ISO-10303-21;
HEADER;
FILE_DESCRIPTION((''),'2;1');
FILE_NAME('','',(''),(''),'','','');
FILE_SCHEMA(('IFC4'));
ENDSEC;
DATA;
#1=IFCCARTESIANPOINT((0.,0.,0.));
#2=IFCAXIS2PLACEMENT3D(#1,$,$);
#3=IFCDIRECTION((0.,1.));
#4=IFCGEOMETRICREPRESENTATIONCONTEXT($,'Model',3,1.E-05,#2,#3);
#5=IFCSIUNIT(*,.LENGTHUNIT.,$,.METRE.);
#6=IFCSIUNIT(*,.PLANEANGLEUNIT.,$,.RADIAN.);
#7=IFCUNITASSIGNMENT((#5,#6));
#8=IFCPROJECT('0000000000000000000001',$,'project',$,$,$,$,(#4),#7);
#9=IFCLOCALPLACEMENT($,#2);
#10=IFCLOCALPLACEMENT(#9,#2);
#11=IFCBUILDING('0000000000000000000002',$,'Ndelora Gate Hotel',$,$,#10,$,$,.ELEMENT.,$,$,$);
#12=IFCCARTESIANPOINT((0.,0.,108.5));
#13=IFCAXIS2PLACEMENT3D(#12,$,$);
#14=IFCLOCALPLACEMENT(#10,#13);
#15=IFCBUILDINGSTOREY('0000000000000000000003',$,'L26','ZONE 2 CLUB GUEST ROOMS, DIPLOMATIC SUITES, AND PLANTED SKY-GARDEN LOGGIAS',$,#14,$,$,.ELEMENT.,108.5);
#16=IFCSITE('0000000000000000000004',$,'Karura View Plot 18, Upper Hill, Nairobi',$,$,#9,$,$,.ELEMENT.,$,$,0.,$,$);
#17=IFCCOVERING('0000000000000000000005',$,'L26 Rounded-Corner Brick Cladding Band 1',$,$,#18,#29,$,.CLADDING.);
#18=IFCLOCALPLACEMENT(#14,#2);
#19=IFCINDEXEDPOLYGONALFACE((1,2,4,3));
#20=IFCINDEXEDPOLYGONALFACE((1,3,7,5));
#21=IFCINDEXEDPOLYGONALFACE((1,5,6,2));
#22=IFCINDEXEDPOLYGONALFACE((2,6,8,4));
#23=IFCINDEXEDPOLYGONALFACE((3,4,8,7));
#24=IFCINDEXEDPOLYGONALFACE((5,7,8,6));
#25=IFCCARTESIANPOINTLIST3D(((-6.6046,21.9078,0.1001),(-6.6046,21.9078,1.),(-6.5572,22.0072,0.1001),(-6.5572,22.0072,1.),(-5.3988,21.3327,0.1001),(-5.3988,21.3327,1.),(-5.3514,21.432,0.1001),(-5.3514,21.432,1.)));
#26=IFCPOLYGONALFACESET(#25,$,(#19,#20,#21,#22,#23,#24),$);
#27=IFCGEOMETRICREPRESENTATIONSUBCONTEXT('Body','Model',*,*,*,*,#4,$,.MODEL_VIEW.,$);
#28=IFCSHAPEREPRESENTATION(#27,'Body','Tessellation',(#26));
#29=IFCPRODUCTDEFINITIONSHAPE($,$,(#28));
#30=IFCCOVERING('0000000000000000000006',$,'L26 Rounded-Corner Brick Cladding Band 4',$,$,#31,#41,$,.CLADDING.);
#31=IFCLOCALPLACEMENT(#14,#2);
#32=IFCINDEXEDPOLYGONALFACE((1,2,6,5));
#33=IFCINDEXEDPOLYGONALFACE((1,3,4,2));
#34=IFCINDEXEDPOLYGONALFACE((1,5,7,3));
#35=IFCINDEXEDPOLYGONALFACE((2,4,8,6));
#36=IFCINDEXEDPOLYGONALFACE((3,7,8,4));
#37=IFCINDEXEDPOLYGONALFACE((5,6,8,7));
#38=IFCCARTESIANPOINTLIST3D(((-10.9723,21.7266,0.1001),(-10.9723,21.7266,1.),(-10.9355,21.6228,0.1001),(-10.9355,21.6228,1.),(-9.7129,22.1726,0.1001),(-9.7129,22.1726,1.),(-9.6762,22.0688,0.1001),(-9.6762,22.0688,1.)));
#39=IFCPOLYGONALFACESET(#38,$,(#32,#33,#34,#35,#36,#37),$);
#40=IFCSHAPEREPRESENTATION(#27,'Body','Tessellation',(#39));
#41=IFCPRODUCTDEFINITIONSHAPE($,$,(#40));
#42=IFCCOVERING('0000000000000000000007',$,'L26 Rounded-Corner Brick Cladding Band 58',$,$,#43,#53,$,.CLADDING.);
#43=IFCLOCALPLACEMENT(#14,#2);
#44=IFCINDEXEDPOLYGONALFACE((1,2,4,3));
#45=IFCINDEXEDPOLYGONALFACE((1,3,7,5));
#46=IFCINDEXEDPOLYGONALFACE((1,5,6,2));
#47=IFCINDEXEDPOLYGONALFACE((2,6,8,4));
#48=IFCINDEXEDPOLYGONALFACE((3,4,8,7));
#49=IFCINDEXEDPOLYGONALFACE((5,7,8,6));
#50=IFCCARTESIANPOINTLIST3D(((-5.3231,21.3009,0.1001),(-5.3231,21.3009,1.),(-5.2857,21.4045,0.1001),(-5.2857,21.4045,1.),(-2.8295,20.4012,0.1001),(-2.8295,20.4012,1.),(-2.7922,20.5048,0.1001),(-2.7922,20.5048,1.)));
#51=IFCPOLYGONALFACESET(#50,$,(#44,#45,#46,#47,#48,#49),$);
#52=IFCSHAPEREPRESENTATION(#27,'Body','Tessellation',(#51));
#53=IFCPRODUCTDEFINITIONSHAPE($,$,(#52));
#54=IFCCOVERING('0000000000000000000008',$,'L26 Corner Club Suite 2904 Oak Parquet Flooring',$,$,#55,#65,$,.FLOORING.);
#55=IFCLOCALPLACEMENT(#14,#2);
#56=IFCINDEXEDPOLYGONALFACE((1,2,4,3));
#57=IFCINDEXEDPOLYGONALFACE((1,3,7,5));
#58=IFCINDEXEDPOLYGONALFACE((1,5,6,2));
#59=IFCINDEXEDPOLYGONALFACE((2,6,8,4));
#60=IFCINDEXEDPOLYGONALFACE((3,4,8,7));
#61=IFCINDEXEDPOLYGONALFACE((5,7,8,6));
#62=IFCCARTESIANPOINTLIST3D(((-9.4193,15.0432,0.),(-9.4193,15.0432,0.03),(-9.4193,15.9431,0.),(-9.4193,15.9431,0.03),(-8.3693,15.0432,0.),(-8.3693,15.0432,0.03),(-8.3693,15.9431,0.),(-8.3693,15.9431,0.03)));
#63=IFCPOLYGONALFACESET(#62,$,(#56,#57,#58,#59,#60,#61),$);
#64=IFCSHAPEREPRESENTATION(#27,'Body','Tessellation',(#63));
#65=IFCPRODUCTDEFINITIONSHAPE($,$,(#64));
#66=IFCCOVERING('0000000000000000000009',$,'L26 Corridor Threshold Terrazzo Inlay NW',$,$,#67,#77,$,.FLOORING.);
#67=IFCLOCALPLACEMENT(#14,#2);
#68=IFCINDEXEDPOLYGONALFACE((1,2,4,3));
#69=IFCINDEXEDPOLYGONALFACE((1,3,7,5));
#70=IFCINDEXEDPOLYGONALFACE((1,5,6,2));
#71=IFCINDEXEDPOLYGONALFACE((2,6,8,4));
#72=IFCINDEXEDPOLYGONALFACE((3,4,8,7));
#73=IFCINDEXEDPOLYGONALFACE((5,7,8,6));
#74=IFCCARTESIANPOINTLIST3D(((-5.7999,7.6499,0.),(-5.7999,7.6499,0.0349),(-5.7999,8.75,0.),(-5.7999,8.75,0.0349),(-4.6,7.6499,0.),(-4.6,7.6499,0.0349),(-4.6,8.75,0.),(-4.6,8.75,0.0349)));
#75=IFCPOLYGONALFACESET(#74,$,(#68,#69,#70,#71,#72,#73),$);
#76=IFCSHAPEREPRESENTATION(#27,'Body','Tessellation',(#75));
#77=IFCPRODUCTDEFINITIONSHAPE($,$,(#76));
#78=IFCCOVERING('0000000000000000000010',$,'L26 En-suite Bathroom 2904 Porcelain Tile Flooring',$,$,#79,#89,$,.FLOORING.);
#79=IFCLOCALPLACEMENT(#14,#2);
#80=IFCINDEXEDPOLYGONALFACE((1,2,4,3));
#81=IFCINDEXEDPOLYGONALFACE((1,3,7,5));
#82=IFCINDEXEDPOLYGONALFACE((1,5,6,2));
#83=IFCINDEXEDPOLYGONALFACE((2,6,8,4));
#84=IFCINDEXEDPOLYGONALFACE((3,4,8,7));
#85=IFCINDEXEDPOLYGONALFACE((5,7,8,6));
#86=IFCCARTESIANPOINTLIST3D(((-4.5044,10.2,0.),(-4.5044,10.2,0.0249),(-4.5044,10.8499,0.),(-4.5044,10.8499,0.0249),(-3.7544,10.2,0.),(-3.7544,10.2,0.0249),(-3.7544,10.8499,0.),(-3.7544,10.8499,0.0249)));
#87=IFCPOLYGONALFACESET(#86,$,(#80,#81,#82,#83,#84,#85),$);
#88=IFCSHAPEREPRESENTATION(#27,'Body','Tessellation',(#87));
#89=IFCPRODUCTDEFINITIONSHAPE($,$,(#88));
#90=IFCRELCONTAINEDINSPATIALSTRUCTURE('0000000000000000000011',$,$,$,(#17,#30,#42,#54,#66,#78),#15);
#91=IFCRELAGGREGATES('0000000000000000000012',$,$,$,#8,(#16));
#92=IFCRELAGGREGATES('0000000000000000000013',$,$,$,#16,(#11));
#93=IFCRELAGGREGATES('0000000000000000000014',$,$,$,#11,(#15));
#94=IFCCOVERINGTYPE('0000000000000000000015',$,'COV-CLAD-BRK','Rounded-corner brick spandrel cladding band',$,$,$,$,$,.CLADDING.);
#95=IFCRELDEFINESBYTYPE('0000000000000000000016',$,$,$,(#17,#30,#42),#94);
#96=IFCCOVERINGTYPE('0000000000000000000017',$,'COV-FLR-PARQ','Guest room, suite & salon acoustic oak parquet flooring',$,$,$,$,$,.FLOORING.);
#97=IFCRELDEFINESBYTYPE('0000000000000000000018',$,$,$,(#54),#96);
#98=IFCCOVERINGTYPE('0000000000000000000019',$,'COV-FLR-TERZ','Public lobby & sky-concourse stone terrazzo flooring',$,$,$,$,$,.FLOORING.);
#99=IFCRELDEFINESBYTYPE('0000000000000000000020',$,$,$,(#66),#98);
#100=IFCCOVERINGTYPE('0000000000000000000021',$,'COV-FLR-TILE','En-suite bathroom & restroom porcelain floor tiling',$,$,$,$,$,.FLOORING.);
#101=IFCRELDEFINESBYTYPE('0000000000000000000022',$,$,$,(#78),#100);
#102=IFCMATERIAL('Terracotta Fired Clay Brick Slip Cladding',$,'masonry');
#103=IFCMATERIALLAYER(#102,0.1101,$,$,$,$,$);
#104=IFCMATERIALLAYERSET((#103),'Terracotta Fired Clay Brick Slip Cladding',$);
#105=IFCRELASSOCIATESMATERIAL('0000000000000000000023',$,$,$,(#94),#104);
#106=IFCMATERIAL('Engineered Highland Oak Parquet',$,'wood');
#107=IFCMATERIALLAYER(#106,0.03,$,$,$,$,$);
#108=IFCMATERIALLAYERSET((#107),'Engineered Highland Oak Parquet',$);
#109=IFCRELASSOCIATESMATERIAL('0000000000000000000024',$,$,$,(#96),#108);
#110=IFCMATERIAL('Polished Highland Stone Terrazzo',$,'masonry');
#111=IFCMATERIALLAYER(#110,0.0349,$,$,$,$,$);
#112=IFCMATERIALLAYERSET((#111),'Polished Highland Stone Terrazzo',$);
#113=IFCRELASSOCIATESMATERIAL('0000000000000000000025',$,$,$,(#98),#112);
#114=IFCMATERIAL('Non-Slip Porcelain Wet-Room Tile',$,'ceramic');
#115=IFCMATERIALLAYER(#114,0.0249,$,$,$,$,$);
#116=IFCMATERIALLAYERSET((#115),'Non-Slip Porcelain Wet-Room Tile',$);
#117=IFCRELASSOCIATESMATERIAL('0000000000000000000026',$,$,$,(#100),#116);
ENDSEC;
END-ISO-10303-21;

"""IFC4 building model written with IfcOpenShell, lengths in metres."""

from ifc_helpers import new_model, si_unit, direction, frame, origin, origin_2d, place, context, subcontext, project, spatial, rectangle, extrude, material, layer, layer_set, type_object, element, save


model = new_model("IFC4")

# Units and contexts
model_context = context("Model", 3, precision=1e-05, world=origin(), true_north=direction((0.0, 1.0)))
body_context = subcontext(model_context, "Body", "Model", "MODEL_VIEW")
ifc_project = project(units=[si_unit("LENGTHUNIT", "METRE"), si_unit("PLANEANGLEUNIT", "RADIAN")], contexts=[model_context])

# Site, building, storey
site_placement = place(None, origin())
site = spatial("IfcSite", under=ifc_project, at=site_placement, Name="Karura View Plot 18, Upper Hill, Nairobi", CompositionType="ELEMENT", RefElevation=0.0)
building_placement = place(site_placement, origin())
building = spatial("IfcBuilding", under=site, at=building_placement, Name="Ndelora Gate Hotel", CompositionType="ELEMENT")
storey_placement = place(building_placement, frame((0.0, 0.0, 108.5)))
storey = spatial("IfcBuildingStorey", under=building, at=storey_placement, Name="L26", Description="ZONE 2 CLUB GUEST ROOMS, DIPLOMATIC SUITES, AND PLANTED SKY-GARDEN LOGGIAS", CompositionType="ELEMENT", Elevation=108.5)

# Coverings
ifc_material_1 = material(Name="Terracotta Fired Clay Brick Slip Cladding", Category="masonry")
ifc_layer_1 = layer(ifc_material_1, 0.1101)
ifc_layer_set_1 = layer_set([ifc_layer_1], Name="Terracotta Fired Clay Brick Slip Cladding")
covering_type_1 = type_object("IfcCoveringType", Name="COV-CLAD-BRK", Description="Rounded-corner brick spandrel cladding band", PredefinedType="CLADDING", material=ifc_layer_set_1)
for number, where, z_axis, x_axis, name in (
    (1, (-5.978, 21.6699, 0.1001), (0.0, 0.0, 1.0), (-0.902585, 0.430511, 0.0), "L26 Rounded-Corner Brick Cladding Band 1"),
    (2, (-10.3242, 21.8977, 0.1001), (0.0, 0.0, 1.0), (0.942641, 0.333807, 0.0), "L26 Rounded-Corner Brick Cladding Band 4"),
):
    element("IfcCovering", number, at=place(storey_placement, frame(where, z_axis=z_axis, x_axis=x_axis)), inside=storey, type_object=covering_type_1, Name=name, PredefinedType="CLADDING", context=body_context, shape_type="SweptSolid", body=[
        extrude(rectangle(XDim=1.3359, YDim=0.1101, at=origin_2d()), origin(), (0.0, 0.0, 1.0), 0.8999),
    ])
covering_1_placement = place(storey_placement, frame((-4.0576, 20.9028, 0.1001), z_axis=(0.0, 0.0, 1.0), x_axis=(-0.940644, 0.339395, 0.0)))
element("IfcCovering", 3, at=covering_1_placement, inside=storey, type_object=covering_type_1, Name="L26 Rounded-Corner Brick Cladding Band 58", PredefinedType="CLADDING", context=body_context, shape_type="SweptSolid", body=[
    extrude(rectangle(XDim=2.6509, YDim=0.1101, at=origin_2d()), origin(), (0.0, 0.0, 1.0), 0.8999),
])
ifc_material_2 = material(Name="Engineered Highland Oak Parquet", Category="wood")
ifc_layer_2 = layer(ifc_material_2, 0.03)
ifc_layer_set_2 = layer_set([ifc_layer_2], Name="Engineered Highland Oak Parquet")
covering_type_2 = type_object("IfcCoveringType", Name="COV-FLR-PARQ", Description="Guest room, suite & salon acoustic oak parquet flooring", PredefinedType="FLOORING", material=ifc_layer_set_2)
covering_2_placement = place(storey_placement, frame((-8.8943, 15.4932, 0.0), z_axis=(0.0, 0.0, 1.0), x_axis=(1.0, 0.0, 0.0)))
element("IfcCovering", 4, at=covering_2_placement, inside=storey, type_object=covering_type_2, Name="L26 Corner Club Suite 2904 Oak Parquet Flooring", PredefinedType="FLOORING", context=body_context, shape_type="SweptSolid", body=[
    extrude(rectangle(XDim=1.05, YDim=0.8999, at=origin_2d()), origin(), (0.0, 0.0, 1.0), 0.03),
])
ifc_material_3 = material(Name="Polished Highland Stone Terrazzo", Category="masonry")
ifc_layer_3 = layer(ifc_material_3, 0.0349)
ifc_layer_set_3 = layer_set([ifc_layer_3], Name="Polished Highland Stone Terrazzo")
covering_type_3 = type_object("IfcCoveringType", Name="COV-FLR-TERZ", Description="Public lobby & sky-concourse stone terrazzo flooring", PredefinedType="FLOORING", material=ifc_layer_set_3)
covering_3_placement = place(storey_placement, frame((-5.2, 8.2, 0.0), z_axis=(0.0, 0.0, 1.0), x_axis=(1.0, 0.0, 0.0)))
element("IfcCovering", 5, at=covering_3_placement, inside=storey, type_object=covering_type_3, Name="L26 Corridor Threshold Terrazzo Inlay NW", PredefinedType="FLOORING", context=body_context, shape_type="SweptSolid", body=[
    extrude(rectangle(XDim=1.2, YDim=1.1001, at=origin_2d()), origin(), (0.0, 0.0, 1.0), 0.0349),
])
ifc_material_4 = material(Name="Non-Slip Porcelain Wet-Room Tile", Category="ceramic")
ifc_layer_4 = layer(ifc_material_4, 0.0249)
ifc_layer_set_4 = layer_set([ifc_layer_4], Name="Non-Slip Porcelain Wet-Room Tile")
covering_type_4 = type_object("IfcCoveringType", Name="COV-FLR-TILE", Description="En-suite bathroom & restroom porcelain floor tiling", PredefinedType="FLOORING", material=ifc_layer_set_4)
covering_4_placement = place(storey_placement, frame((-4.1294, 10.5249, 0.0), z_axis=(0.0, 0.0, 1.0), x_axis=(1.0, 0.0, 0.0)))
element("IfcCovering", 6, at=covering_4_placement, inside=storey, type_object=covering_type_4, Name="L26 En-suite Bathroom 2904 Porcelain Tile Flooring", PredefinedType="FLOORING", context=body_context, shape_type="SweptSolid", body=[
    extrude(rectangle(XDim=0.75, YDim=0.6499, at=origin_2d()), origin(), (0.0, 0.0, 1.0), 0.0249),
])

save(model, "model.ifc")
